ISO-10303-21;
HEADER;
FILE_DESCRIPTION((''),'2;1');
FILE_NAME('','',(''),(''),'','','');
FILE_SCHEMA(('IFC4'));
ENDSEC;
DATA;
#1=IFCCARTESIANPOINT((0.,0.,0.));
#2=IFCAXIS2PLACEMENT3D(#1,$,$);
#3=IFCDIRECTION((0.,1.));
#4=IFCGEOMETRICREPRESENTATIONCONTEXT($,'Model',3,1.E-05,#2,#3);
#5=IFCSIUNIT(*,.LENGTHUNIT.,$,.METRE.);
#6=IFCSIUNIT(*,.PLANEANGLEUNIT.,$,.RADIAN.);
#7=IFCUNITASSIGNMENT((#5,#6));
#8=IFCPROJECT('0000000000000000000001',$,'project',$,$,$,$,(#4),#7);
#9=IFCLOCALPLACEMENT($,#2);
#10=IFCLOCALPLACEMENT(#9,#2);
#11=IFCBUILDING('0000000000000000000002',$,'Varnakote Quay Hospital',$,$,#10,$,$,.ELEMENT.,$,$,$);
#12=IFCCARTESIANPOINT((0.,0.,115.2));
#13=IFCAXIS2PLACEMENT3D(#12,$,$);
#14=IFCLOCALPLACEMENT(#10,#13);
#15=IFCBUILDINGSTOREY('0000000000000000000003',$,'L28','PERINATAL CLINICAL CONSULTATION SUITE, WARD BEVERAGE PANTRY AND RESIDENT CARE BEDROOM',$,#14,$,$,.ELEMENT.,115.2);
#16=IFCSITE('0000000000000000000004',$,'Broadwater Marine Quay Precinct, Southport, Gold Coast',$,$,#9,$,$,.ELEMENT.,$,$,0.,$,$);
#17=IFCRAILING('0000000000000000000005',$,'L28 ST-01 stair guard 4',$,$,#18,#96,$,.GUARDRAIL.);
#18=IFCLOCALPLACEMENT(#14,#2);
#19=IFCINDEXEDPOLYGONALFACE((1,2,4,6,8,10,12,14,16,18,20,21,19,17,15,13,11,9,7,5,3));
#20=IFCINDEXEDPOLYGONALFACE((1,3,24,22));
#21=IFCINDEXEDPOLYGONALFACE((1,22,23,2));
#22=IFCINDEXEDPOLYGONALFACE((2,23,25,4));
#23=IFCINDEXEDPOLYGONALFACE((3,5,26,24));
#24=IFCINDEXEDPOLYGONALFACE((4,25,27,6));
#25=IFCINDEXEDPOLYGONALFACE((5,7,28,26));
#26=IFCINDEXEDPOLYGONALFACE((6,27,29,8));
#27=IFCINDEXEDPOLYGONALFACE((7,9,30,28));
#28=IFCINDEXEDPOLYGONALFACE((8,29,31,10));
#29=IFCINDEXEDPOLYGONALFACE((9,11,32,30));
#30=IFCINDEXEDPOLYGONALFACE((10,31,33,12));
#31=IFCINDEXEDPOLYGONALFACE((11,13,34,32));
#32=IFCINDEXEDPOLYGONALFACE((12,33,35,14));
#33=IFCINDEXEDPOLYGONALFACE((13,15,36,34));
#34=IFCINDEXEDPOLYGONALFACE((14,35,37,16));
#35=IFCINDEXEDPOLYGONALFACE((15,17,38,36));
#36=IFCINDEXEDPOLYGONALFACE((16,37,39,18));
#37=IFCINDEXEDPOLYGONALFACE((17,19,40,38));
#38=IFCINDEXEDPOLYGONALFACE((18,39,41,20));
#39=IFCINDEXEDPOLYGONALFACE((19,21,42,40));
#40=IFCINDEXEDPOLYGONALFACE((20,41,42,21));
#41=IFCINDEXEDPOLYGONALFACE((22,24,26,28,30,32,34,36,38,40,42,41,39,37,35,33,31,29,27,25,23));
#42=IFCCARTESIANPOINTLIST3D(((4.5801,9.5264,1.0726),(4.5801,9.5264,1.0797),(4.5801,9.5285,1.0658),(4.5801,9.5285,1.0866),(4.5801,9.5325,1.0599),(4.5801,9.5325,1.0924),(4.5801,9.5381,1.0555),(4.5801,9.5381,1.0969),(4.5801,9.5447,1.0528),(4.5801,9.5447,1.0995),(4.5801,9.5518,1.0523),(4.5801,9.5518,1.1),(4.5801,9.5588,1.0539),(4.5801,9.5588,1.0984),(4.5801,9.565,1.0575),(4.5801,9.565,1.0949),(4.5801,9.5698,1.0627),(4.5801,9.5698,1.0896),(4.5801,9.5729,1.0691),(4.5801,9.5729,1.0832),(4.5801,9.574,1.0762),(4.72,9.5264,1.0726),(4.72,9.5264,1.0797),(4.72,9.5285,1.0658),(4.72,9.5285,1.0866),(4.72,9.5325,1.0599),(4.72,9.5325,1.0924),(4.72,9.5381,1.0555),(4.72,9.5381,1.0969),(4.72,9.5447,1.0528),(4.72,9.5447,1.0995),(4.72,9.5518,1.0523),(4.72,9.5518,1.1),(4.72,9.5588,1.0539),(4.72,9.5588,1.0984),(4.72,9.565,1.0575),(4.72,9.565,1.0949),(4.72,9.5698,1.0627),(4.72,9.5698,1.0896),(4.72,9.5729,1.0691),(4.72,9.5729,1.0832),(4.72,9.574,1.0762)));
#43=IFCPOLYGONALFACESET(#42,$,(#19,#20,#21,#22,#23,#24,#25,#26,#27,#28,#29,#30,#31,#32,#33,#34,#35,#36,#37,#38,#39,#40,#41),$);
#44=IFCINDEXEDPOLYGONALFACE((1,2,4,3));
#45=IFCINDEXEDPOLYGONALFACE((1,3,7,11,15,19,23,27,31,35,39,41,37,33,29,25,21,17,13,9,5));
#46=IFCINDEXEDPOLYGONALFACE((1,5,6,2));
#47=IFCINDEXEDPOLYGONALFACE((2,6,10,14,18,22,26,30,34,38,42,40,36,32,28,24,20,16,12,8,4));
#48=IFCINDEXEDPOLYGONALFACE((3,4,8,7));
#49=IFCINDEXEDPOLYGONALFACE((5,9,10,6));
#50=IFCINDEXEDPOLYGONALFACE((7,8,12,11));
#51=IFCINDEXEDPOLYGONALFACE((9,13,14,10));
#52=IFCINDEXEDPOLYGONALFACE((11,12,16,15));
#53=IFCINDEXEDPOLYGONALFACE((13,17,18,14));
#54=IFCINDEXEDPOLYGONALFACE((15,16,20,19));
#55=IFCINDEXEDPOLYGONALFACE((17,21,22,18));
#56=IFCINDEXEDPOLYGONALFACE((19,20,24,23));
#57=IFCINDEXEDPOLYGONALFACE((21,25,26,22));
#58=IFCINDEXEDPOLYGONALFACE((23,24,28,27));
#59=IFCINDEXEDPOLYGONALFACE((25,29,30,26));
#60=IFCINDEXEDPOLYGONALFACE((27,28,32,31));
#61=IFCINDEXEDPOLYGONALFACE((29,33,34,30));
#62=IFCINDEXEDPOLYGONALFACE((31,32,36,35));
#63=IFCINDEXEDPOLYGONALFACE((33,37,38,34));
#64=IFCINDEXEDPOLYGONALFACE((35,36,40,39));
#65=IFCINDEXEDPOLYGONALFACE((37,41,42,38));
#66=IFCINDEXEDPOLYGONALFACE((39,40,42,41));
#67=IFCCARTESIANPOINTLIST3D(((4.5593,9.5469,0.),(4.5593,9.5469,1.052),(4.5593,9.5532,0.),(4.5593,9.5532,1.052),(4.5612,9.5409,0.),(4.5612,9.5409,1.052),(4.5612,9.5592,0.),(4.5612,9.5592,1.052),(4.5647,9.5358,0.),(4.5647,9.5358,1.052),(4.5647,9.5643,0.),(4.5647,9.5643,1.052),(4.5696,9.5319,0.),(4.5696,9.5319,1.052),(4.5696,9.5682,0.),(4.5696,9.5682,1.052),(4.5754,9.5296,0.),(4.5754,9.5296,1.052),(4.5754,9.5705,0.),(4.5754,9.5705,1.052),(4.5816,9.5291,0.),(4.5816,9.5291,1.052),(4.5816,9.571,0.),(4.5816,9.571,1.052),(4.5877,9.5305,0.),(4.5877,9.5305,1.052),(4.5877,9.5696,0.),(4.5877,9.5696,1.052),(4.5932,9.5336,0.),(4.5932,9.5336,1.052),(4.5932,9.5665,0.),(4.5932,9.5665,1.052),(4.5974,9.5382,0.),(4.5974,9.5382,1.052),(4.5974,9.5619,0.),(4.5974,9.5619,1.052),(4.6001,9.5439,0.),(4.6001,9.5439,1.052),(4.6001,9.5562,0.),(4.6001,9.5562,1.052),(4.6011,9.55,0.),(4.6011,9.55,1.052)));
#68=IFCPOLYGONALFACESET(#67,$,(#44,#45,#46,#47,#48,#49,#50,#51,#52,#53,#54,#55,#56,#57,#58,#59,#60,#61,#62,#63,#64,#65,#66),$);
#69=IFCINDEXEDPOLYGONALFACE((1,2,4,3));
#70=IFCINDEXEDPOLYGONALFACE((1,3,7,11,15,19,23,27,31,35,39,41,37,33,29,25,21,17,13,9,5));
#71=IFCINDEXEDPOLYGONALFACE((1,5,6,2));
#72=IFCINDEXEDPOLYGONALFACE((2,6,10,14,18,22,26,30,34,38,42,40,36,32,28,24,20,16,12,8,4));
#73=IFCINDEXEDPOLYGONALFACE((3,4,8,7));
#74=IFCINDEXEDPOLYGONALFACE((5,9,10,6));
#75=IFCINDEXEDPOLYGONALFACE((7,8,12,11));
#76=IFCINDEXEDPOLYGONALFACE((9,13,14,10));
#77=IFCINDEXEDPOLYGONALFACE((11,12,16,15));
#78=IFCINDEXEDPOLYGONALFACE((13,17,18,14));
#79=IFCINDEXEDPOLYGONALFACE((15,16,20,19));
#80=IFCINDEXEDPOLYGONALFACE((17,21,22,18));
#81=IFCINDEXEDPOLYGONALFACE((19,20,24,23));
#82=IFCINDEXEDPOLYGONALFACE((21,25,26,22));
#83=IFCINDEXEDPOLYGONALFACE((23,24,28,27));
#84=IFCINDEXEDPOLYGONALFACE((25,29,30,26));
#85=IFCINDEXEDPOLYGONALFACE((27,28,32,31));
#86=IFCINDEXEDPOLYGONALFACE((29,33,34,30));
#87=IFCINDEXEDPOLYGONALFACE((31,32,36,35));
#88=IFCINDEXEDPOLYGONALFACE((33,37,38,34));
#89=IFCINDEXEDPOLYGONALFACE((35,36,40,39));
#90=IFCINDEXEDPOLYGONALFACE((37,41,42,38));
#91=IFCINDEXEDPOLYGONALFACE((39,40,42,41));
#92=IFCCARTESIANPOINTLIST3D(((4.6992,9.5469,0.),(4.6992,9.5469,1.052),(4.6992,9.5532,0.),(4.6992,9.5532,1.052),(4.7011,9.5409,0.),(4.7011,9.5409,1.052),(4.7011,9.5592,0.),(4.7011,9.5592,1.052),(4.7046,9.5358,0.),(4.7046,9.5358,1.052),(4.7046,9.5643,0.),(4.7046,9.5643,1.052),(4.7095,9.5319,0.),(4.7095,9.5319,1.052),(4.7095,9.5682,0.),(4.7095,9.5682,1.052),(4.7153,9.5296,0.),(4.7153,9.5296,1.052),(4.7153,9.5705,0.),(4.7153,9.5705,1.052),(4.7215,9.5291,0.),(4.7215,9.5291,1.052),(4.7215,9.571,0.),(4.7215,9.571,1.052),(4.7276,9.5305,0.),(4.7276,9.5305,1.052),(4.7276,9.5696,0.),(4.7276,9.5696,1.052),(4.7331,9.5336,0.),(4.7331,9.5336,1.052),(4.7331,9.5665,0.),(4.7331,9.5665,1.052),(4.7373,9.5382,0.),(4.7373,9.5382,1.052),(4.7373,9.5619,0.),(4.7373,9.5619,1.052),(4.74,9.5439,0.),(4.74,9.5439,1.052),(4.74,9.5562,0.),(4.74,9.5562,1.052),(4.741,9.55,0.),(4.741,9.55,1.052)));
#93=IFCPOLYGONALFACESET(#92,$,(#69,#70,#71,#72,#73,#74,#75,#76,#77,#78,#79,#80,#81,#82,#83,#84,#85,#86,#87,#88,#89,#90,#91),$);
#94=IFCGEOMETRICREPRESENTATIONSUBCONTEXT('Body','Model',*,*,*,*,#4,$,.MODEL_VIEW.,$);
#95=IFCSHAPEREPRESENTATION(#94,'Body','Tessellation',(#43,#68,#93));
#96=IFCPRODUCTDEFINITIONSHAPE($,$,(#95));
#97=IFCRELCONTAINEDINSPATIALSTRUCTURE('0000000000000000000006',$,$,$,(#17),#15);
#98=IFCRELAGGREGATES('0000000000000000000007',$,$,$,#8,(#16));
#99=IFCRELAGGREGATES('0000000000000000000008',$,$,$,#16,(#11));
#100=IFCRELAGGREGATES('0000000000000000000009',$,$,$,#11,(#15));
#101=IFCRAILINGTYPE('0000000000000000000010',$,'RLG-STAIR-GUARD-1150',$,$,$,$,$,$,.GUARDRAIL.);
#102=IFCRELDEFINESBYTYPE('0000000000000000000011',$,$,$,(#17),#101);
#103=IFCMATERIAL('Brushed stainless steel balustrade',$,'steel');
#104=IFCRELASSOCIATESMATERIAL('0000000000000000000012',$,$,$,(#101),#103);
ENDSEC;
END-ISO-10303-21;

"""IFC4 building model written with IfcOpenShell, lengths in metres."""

from ifc_helpers import new_model, si_unit, direction, frame, origin, origin_2d, place, context, subcontext, project, spatial, circle, extrude, material, type_object, element, save


model = new_model("IFC4")

# Units and contexts
model_context = context("Model", 3, precision=1e-05, world=origin(), true_north=direction((0.0, 1.0)))
body_context = subcontext(model_context, "Body", "Model", "MODEL_VIEW")
ifc_project = project(units=[si_unit("LENGTHUNIT", "METRE"), si_unit("PLANEANGLEUNIT", "RADIAN")], contexts=[model_context])

# Site, building, storey
site_placement = place(None, origin())
site = spatial("IfcSite", under=ifc_project, at=site_placement, Name="Broadwater Marine Quay Precinct, Southport, Gold Coast", CompositionType="ELEMENT", RefElevation=0.0)
building_placement = place(site_placement, origin())
building = spatial("IfcBuilding", under=site, at=building_placement, Name="Varnakote Quay Hospital", CompositionType="ELEMENT")
storey_placement = place(building_placement, frame((0.0, 0.0, 115.2)))
storey = spatial("IfcBuildingStorey", under=building, at=storey_placement, Name="L28", Description="PERINATAL CLINICAL CONSULTATION SUITE, WARD BEVERAGE PANTRY AND RESIDENT CARE BEDROOM", CompositionType="ELEMENT", Elevation=115.2)

# Railing
ifc_material_1 = material(Name="Brushed stainless steel balustrade", Category="steel")
railing_type_1 = type_object("IfcRailingType", Name="RLG-STAIR-GUARD-1150", PredefinedType="GUARDRAIL", material=ifc_material_1)
railing_1_placement = place(storey_placement, frame((4.5801, 9.55, 0.0)))
element("IfcRailing", 1, at=railing_1_placement, inside=storey, type_object=railing_type_1, Name="L28 ST-01 stair guard 4", PredefinedType="GUARDRAIL", context=body_context, shape_type="SweptSolid", body=[
    extrude(circle(Radius=0.0239, at=origin_2d()), frame((0.0, 0.0, 1.0762), z_axis=(1.0, 0.0, 0.0), x_axis=(0.0, 1.0, 0.0)), (0.0, 0.0, 1.0), 0.1399),
    extrude(circle(Radius=0.021, at=origin_2d()), origin(), (0.0, 0.0, 1.0), 1.052),
    extrude(circle(Radius=0.021, at=origin_2d()), frame((0.1399, 0.0, 0.0)), (0.0, 0.0, 1.0), 1.052),
])

save(model, "model.ifc")
